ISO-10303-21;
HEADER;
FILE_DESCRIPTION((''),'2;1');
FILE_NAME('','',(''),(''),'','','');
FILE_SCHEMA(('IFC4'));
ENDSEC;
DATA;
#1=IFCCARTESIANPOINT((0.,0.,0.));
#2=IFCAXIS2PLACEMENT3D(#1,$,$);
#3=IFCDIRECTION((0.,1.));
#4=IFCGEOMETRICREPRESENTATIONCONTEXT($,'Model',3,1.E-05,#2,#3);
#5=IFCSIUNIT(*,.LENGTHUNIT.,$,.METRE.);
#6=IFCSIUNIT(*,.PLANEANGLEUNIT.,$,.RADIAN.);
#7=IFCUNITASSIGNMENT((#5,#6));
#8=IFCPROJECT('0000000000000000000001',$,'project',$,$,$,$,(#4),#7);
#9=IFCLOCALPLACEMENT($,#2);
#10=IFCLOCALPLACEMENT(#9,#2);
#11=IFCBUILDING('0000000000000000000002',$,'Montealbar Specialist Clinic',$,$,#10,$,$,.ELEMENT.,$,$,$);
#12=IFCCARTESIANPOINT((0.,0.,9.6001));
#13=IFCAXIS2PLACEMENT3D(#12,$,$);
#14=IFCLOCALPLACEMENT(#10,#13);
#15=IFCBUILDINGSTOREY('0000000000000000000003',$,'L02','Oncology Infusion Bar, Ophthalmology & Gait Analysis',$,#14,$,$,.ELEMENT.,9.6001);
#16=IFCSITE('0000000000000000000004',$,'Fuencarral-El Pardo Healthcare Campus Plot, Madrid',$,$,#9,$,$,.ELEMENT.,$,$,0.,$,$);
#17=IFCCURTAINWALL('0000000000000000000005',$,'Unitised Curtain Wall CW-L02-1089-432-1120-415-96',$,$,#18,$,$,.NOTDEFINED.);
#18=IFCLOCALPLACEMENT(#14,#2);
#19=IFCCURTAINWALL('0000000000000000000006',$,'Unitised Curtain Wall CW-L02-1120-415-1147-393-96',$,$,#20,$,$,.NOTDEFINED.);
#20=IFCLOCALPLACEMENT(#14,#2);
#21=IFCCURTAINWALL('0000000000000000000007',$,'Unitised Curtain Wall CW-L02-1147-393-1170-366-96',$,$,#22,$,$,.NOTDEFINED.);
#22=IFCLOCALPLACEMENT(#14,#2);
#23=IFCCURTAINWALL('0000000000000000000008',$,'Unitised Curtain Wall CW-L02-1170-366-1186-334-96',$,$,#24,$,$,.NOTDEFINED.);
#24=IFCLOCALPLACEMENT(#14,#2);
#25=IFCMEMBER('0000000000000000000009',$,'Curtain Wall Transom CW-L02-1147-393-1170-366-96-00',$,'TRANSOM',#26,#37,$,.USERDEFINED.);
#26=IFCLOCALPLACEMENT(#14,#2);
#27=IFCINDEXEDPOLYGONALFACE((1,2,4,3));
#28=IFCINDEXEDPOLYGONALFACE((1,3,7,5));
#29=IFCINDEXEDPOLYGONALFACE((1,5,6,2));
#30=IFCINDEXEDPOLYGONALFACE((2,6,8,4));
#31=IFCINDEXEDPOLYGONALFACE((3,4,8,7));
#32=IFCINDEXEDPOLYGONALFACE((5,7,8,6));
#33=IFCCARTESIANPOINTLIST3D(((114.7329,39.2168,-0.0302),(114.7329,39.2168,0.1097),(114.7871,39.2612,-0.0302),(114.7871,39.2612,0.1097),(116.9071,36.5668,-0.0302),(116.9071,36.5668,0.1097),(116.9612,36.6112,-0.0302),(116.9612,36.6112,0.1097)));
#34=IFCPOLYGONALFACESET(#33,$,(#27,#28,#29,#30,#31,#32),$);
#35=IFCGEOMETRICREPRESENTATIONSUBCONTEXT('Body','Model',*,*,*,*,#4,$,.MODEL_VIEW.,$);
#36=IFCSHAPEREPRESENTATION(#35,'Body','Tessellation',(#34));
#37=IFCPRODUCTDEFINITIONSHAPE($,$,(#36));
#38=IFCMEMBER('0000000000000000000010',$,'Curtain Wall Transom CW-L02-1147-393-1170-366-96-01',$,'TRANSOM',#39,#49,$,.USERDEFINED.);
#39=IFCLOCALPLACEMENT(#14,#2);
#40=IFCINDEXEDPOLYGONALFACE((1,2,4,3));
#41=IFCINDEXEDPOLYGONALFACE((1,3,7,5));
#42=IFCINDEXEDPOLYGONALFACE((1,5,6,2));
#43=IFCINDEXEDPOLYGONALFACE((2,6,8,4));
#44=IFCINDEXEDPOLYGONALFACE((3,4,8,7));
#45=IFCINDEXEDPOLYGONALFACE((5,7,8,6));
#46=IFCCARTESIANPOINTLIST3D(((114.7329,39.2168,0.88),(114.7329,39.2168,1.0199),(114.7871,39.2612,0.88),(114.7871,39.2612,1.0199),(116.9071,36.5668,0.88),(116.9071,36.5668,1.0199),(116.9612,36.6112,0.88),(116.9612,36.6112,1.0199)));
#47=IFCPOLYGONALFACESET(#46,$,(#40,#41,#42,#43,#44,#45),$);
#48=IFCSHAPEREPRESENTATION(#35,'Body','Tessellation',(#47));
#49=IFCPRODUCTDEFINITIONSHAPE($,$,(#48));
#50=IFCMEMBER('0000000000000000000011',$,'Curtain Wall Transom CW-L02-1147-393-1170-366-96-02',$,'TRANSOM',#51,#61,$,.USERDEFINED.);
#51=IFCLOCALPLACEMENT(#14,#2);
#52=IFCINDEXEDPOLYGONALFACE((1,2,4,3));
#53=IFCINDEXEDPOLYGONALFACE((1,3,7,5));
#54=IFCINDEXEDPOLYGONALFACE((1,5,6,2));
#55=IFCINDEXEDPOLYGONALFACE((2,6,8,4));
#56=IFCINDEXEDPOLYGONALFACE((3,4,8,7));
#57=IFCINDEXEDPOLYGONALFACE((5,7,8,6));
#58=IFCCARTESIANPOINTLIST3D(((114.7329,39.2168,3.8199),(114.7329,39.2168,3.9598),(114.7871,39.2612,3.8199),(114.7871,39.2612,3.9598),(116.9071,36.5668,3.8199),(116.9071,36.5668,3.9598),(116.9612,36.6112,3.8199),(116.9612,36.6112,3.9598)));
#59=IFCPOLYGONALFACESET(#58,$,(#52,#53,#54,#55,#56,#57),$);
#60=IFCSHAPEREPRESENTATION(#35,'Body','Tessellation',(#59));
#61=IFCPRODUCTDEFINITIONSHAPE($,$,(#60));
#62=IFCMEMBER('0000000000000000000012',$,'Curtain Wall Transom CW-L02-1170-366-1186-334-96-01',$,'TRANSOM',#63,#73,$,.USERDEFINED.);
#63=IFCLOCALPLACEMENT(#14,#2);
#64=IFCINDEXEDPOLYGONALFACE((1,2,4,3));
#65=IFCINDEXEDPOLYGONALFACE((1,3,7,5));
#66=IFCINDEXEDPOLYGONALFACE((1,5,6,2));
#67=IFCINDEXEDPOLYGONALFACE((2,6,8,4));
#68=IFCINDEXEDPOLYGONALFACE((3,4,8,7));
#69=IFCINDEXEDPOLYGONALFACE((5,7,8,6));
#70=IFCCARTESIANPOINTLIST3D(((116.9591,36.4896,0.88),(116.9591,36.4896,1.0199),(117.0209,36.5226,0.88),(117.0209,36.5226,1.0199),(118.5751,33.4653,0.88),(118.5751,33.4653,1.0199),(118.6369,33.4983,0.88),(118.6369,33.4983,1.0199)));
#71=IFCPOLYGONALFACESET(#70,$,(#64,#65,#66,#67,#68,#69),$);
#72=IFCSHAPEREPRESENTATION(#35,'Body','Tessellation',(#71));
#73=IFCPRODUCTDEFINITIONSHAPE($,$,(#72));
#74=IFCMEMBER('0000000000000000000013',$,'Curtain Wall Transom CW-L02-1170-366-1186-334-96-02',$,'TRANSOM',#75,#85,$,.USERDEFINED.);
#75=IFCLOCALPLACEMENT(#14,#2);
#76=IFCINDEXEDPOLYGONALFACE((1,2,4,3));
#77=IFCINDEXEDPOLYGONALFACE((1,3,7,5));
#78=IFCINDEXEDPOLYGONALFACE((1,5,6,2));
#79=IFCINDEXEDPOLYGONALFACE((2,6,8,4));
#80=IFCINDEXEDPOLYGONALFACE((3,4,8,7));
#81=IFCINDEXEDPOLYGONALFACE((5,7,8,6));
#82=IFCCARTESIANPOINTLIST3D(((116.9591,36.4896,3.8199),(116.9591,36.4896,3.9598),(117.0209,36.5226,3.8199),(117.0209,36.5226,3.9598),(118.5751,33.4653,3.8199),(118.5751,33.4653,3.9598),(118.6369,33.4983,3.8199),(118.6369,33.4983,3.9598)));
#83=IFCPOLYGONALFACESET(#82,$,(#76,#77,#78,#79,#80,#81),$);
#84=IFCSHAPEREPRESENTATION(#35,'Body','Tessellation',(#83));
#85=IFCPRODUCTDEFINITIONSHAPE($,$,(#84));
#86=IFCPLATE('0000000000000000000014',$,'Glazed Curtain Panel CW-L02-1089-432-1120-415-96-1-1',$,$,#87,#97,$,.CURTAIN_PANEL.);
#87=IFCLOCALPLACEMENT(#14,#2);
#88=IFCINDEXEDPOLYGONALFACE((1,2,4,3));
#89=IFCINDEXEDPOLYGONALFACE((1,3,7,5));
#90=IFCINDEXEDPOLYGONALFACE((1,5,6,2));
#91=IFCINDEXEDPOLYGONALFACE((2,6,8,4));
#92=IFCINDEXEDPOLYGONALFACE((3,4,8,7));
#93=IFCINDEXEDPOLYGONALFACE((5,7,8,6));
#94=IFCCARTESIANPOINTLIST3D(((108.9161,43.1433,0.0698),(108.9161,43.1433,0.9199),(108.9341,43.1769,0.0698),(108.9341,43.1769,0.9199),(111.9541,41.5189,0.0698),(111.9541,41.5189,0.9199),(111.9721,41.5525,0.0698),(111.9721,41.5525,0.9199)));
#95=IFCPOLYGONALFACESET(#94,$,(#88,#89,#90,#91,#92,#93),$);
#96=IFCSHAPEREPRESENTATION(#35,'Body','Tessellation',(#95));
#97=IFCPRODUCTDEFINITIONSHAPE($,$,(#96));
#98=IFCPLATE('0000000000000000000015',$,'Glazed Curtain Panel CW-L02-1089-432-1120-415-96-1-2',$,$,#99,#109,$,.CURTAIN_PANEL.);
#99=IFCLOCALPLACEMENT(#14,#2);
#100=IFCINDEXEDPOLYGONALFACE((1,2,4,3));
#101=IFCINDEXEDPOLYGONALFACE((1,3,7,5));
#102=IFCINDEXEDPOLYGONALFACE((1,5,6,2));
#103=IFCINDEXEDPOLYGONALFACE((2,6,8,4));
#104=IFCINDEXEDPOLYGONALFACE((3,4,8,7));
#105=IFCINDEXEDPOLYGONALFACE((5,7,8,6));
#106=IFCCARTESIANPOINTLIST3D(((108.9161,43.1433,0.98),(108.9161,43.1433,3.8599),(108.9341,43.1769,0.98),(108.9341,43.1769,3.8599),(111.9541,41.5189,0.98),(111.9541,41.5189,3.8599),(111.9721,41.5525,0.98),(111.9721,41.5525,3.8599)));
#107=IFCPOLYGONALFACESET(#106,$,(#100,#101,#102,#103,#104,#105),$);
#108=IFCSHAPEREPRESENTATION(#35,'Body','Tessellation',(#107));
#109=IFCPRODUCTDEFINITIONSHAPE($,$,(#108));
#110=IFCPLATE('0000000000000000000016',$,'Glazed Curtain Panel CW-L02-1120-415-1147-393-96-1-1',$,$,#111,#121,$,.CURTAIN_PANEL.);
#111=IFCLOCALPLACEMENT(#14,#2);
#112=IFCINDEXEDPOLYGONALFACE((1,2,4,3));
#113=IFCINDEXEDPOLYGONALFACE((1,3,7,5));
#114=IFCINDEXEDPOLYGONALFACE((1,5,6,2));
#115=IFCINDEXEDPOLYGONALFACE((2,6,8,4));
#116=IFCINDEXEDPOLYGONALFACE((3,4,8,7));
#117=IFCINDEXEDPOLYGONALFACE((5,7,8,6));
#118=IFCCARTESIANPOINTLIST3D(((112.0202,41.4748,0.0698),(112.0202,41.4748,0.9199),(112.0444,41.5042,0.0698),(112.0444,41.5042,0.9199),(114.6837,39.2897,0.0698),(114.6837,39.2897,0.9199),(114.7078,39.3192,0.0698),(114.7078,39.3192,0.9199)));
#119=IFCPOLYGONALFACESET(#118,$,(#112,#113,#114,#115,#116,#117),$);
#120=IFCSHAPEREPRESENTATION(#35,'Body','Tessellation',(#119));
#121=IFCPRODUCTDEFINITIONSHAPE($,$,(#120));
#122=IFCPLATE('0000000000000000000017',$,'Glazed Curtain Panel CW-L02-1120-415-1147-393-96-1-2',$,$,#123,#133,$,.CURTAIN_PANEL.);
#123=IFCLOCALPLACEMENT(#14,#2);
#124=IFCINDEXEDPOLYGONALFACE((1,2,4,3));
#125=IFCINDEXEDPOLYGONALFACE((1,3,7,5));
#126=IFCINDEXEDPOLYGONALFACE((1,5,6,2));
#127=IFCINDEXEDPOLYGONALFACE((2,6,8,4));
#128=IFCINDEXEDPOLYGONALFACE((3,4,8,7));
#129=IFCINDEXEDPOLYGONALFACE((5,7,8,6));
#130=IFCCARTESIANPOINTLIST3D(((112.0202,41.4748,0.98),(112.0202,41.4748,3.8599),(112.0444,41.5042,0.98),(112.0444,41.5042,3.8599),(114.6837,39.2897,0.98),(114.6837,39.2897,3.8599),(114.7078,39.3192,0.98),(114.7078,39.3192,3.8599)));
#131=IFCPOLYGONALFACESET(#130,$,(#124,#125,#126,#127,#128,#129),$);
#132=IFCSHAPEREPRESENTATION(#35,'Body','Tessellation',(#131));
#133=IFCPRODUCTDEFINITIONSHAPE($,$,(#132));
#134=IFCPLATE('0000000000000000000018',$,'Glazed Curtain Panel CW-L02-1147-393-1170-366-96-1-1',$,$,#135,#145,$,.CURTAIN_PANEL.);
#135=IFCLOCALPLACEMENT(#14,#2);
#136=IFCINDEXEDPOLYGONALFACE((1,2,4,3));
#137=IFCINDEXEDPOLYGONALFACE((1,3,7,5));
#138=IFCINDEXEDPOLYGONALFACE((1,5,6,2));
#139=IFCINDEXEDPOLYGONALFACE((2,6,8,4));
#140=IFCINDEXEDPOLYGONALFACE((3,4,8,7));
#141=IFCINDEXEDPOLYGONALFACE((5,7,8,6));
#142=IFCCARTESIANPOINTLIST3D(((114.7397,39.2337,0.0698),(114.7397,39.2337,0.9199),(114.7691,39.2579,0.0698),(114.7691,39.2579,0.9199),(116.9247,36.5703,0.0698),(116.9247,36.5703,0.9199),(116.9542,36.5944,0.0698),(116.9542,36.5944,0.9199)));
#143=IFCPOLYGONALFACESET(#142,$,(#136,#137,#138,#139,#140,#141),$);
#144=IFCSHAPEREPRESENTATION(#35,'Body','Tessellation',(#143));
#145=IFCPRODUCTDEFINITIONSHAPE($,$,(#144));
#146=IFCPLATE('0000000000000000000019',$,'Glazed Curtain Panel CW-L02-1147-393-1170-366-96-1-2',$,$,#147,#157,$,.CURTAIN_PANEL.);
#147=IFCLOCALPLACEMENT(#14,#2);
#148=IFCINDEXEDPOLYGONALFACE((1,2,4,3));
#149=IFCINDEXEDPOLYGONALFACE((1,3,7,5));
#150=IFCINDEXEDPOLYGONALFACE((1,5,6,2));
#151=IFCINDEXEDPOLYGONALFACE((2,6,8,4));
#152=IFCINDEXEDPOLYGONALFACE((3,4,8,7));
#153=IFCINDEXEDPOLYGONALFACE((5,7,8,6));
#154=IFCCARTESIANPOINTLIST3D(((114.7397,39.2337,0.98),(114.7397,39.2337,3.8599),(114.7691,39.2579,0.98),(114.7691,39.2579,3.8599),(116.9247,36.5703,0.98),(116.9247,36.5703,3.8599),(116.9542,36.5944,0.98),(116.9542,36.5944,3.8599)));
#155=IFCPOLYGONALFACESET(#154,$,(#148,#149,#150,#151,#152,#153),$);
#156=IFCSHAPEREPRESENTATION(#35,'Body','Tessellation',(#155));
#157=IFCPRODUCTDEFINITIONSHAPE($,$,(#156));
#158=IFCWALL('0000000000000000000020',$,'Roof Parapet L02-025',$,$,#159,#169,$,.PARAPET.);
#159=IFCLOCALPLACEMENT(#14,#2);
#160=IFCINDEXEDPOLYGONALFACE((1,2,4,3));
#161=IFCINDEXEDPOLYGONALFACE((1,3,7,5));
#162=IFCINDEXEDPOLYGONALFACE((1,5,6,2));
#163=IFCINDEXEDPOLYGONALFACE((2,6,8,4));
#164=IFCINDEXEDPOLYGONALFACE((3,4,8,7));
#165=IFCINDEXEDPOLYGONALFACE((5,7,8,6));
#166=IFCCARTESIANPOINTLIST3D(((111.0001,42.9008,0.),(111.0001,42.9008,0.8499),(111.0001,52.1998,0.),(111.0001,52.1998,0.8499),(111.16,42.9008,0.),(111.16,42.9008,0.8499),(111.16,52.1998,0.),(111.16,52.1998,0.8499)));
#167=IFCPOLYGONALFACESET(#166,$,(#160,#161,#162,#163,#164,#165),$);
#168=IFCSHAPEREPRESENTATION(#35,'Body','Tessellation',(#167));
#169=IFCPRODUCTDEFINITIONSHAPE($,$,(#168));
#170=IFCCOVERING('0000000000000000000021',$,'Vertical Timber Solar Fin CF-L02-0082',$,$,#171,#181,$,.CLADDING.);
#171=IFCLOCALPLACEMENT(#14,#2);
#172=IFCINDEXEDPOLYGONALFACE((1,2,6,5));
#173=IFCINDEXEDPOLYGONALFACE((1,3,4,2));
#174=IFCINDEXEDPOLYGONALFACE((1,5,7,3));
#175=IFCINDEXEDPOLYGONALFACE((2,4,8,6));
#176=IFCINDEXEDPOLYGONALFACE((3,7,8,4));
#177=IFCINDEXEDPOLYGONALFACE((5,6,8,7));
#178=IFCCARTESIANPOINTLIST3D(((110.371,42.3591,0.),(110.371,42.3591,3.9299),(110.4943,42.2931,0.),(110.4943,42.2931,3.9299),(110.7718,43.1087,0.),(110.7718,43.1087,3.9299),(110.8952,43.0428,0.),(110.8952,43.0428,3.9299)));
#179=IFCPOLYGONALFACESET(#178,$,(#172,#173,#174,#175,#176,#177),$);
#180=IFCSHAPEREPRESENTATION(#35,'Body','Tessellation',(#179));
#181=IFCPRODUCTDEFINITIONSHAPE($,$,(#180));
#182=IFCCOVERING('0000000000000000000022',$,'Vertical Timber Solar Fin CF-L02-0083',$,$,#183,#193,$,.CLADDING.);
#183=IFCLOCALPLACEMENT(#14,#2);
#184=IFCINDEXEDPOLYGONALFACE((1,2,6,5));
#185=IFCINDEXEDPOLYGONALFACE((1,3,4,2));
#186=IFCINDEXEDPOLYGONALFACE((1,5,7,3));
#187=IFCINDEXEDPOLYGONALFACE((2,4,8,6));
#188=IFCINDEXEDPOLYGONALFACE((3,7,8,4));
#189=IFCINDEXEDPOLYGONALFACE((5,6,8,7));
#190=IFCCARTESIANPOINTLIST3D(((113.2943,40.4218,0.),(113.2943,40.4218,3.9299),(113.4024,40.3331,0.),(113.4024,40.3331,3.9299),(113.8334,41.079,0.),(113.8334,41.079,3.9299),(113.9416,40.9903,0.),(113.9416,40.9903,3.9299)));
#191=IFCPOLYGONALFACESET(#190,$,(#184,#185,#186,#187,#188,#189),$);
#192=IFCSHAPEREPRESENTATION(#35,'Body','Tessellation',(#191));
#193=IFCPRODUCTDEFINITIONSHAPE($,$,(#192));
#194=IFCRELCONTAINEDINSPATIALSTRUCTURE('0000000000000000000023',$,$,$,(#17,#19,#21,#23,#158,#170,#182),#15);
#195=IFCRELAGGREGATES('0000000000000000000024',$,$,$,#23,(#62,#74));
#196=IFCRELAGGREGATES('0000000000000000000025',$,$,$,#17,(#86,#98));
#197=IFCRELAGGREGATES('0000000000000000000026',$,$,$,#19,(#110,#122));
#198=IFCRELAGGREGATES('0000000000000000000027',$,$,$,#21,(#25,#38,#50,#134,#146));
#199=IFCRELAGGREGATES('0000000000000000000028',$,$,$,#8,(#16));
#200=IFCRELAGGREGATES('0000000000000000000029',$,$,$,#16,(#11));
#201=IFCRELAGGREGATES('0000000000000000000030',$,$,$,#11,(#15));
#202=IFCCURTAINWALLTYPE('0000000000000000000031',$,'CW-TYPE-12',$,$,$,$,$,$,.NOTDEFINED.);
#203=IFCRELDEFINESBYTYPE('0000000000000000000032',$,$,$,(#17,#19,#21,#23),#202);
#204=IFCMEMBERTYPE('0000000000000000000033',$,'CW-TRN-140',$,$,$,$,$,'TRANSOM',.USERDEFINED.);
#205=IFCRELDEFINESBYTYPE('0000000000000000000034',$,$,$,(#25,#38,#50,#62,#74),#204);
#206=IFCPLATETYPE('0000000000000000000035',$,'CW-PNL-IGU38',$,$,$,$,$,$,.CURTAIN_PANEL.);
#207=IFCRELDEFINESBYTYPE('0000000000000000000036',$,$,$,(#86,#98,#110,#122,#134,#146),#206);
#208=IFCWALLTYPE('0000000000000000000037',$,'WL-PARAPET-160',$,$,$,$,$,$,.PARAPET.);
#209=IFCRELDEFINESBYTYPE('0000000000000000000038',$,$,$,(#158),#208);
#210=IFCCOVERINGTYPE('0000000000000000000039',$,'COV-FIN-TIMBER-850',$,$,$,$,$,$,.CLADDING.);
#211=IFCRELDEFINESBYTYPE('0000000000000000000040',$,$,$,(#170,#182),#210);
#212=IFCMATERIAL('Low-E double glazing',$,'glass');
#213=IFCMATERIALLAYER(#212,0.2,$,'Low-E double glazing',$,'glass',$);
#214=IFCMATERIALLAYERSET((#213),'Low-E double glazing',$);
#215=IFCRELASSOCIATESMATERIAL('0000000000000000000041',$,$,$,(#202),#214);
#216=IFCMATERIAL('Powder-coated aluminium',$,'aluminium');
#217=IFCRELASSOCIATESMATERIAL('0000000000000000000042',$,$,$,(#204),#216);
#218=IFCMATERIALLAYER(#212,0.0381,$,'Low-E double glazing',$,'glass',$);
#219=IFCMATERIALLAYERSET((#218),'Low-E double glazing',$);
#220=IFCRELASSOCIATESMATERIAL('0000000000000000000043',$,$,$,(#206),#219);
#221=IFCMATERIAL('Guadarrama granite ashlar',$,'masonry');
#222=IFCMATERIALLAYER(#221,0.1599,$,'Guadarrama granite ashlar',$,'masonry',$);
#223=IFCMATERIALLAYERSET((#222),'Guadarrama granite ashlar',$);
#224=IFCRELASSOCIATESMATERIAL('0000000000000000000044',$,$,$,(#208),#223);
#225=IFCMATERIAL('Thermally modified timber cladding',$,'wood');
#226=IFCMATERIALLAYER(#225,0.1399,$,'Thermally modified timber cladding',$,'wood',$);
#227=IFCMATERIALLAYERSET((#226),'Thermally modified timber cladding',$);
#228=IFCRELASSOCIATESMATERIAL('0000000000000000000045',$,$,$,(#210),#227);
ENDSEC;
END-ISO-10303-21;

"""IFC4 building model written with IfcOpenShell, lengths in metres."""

from ifc_helpers import new_model, si_unit, direction, frame, frame_2d, origin, origin_2d, place, context, subcontext, project, spatial, rectangle, extrude, material, layer, layer_set, material_profile, profile_set, type_object, element, aggregate, save


model = new_model("IFC4")

# Units and contexts
model_context = context("Model", 3, precision=1e-05, world=origin(), true_north=direction((0.0, 1.0)))
body_context = subcontext(model_context, "Body", "Model", "MODEL_VIEW")
ifc_project = project(units=[si_unit("LENGTHUNIT", "METRE"), si_unit("PLANEANGLEUNIT", "RADIAN")], contexts=[model_context])

# Site, building, storey
site_placement = place(None, origin())
site = spatial("IfcSite", under=ifc_project, at=site_placement, Name="Fuencarral-El Pardo Healthcare Campus Plot, Madrid", CompositionType="ELEMENT", RefElevation=0.0)
building_placement = place(site_placement, origin())
building = spatial("IfcBuilding", under=site, at=building_placement, Name="Montealbar Specialist Clinic", CompositionType="ELEMENT")
storey_placement = place(building_placement, frame((0.0, 0.0, 9.6001)))
storey = spatial("IfcBuildingStorey", under=building, at=storey_placement, Name="L02", Description="Oncology Infusion Bar, Ophthalmology & Gait Analysis", CompositionType="ELEMENT", Elevation=9.6001)

# Shared definitions
ifc_material_1 = material(Name="Low-E double glazing", Category="glass")
ifc_layer_1 = layer(ifc_material_1, 0.2, Name="Low-E double glazing", Category="glass")
ifc_layer_set_1 = layer_set([ifc_layer_1], Name="Low-E double glazing")
curtain_wall_type = type_object("IfcCurtainWallType", Name="CW-TYPE-12", PredefinedType="NOTDEFINED", material=ifc_layer_set_1)

# Curtain walls
curtain_wall_1_placement = place(storey_placement, origin())
curtain_wall_1 = element("IfcCurtainWall", 1, at=curtain_wall_1_placement, inside=storey, type_object=curtain_wall_type, Name="Unitised Curtain Wall CW-L02-1089-432-1120-415-96", PredefinedType="NOTDEFINED")
curtain_wall_2_placement = place(storey_placement, origin())
curtain_wall_2 = element("IfcCurtainWall", 2, at=curtain_wall_2_placement, inside=storey, type_object=curtain_wall_type, Name="Unitised Curtain Wall CW-L02-1120-415-1147-393-96", PredefinedType="NOTDEFINED")
curtain_wall_3_placement = place(storey_placement, origin())
curtain_wall_3 = element("IfcCurtainWall", 3, at=curtain_wall_3_placement, inside=storey, type_object=curtain_wall_type, Name="Unitised Curtain Wall CW-L02-1147-393-1170-366-96", PredefinedType="NOTDEFINED")

# Curtain wall
curtain_wall_4_placement = place(storey_placement, origin())
curtain_wall_4 = element("IfcCurtainWall", 4, at=curtain_wall_4_placement, inside=storey, type_object=curtain_wall_type, Name="Unitised Curtain Wall CW-L02-1170-366-1186-334-96", PredefinedType="NOTDEFINED")

# Members
ifc_material_2 = material(Name="Powder-coated aluminium", Category="aluminium")
ifc_material_profile_1 = material_profile(ifc_material_2, rectangle(XDim=0.0701, YDim=0.1399, at=origin_2d()), Name="ALU 70x140", Category="aluminium")
ifc_profile_set_1 = profile_set([ifc_material_profile_1], Name="Powder-coated aluminium")
member_type_1 = type_object("IfcMemberType", Name="CW-TRN-140", ElementType="TRANSOM", PredefinedType="USERDEFINED", material=ifc_profile_set_1)
member_1_placement = place(storey_placement, frame((114.76, 39.239, 0.0398), z_axis=(0.634281, -0.773103, 0.0), x_axis=(0.773103, 0.634281, 0.0)))
member_1 = element("IfcMember", 5, at=member_1_placement, type_object=member_type_1, Name="Curtain Wall Transom CW-L02-1147-393-1170-366-96-00", ObjectType="TRANSOM", PredefinedType="USERDEFINED", context=body_context, shape_type="SweptSolid", body=[
    extrude(rectangle(XDim=0.0701, YDim=0.1399, at=origin_2d()), origin(), (0.0, 0.0, 1.0), 3.4277),
])
member_2_placement = place(storey_placement, frame((114.76, 39.239, 0.95), z_axis=(0.634281, -0.773103, 0.0), x_axis=(0.773103, 0.634281, 0.0)))
member_2 = element("IfcMember", 6, at=member_2_placement, type_object=member_type_1, Name="Curtain Wall Transom CW-L02-1147-393-1170-366-96-01", ObjectType="TRANSOM", PredefinedType="USERDEFINED", context=body_context, shape_type="SweptSolid", body=[
    extrude(rectangle(XDim=0.0701, YDim=0.1399, at=origin_2d()), origin(), (0.0, 0.0, 1.0), 3.4277),
])
member_3_placement = place(storey_placement, frame((114.76, 39.239, 3.8899), z_axis=(0.634281, -0.773103, 0.0), x_axis=(0.773103, 0.634281, 0.0)))
member_3 = element("IfcMember", 7, at=member_3_placement, type_object=member_type_1, Name="Curtain Wall Transom CW-L02-1147-393-1170-366-96-02", ObjectType="TRANSOM", PredefinedType="USERDEFINED", context=body_context, shape_type="SweptSolid", body=[
    extrude(rectangle(XDim=0.0701, YDim=0.1399, at=origin_2d()), origin(), (0.0, 0.0, 1.0), 3.4277),
])
member_4_placement = place(storey_placement, frame((116.99, 36.5061, 0.95), z_axis=(0.471287, -0.88198, 0.0), x_axis=(0.88198, 0.471287, 0.0)))
member_4 = element("IfcMember", 8, at=member_4_placement, type_object=member_type_1, Name="Curtain Wall Transom CW-L02-1170-366-1186-334-96-01", ObjectType="TRANSOM", PredefinedType="USERDEFINED", context=body_context, shape_type="SweptSolid", body=[
    extrude(rectangle(XDim=0.0701, YDim=0.1399, at=origin_2d()), origin(), (0.0, 0.0, 1.0), 3.429),
])
member_5_placement = place(storey_placement, frame((116.99, 36.5061, 3.8899), z_axis=(0.471287, -0.88198, 0.0), x_axis=(0.88198, 0.471287, 0.0)))
member_5 = element("IfcMember", 9, at=member_5_placement, type_object=member_type_1, Name="Curtain Wall Transom CW-L02-1170-366-1186-334-96-02", ObjectType="TRANSOM", PredefinedType="USERDEFINED", context=body_context, shape_type="SweptSolid", body=[
    extrude(rectangle(XDim=0.0701, YDim=0.1399, at=origin_2d()), origin(), (0.0, 0.0, 1.0), 3.429),
])
aggregate(curtain_wall_4, [member_4, member_5])

# Plates
ifc_layer_2 = layer(ifc_material_1, 0.0381, Name="Low-E double glazing", Category="glass")
ifc_layer_set_2 = layer_set([ifc_layer_2], Name="Low-E double glazing")
plate_type = type_object("IfcPlateType", Name="CW-PNL-IGU38", PredefinedType="CURTAIN_PANEL", material=ifc_layer_set_2)
plate_1_placement = place(storey_placement, frame((110.4441, 42.3479, 0.0698), z_axis=(0.0, 0.0, 1.0), x_axis=(0.88185, -0.471529, 0.0)))
plate_1 = element("IfcPlate", 10, at=plate_1_placement, type_object=plate_type, Name="Glazed Curtain Panel CW-L02-1089-432-1120-415-96-1-1", PredefinedType="CURTAIN_PANEL", context=body_context, shape_type="SweptSolid", body=[
    extrude(rectangle(XDim=3.4451, YDim=0.0381, at=origin_2d()), origin(), (0.0, 0.0, 1.0), 0.8501),
])
plate_2_placement = place(storey_placement, frame((110.4441, 42.3479, 0.98), z_axis=(0.0, 0.0, 1.0), x_axis=(0.88185, -0.471529, 0.0)))
plate_2 = element("IfcPlate", 11, at=plate_2_placement, type_object=plate_type, Name="Glazed Curtain Panel CW-L02-1089-432-1120-415-96-1-2", PredefinedType="CURTAIN_PANEL", context=body_context, shape_type="SweptSolid", body=[
    extrude(rectangle(XDim=3.4451, YDim=0.0381, at=origin_2d()), origin(), (0.0, 0.0, 1.0), 2.8799),
])
aggregate(curtain_wall_1, [plate_1, plate_2])
plate_3_placement = place(storey_placement, frame((113.364, 40.397, 0.0698), z_axis=(0.0, 0.0, 1.0), x_axis=(0.773123, -0.634256, 0.0)))
plate_3 = element("IfcPlate", 12, at=plate_3_placement, type_object=plate_type, Name="Glazed Curtain Panel CW-L02-1120-415-1147-393-96-1-1", PredefinedType="CURTAIN_PANEL", context=body_context, shape_type="SweptSolid", body=[
    extrude(rectangle(XDim=3.4451, YDim=0.0381, at=origin_2d()), origin(), (0.0, 0.0, 1.0), 0.8501),
])
plate_4_placement = place(storey_placement, frame((113.364, 40.397, 0.98), z_axis=(0.0, 0.0, 1.0), x_axis=(0.773123, -0.634256, 0.0)))
plate_4 = element("IfcPlate", 13, at=plate_4_placement, type_object=plate_type, Name="Glazed Curtain Panel CW-L02-1120-415-1147-393-96-1-2", PredefinedType="CURTAIN_PANEL", context=body_context, shape_type="SweptSolid", body=[
    extrude(rectangle(XDim=3.4451, YDim=0.0381, at=origin_2d()), origin(), (0.0, 0.0, 1.0), 2.8799),
])
aggregate(curtain_wall_2, [plate_3, plate_4])
plate_5_placement = place(storey_placement, frame((115.8469, 37.9141, 0.0698), z_axis=(0.0, 0.0, 1.0), x_axis=(0.634256, -0.773123, 0.0)))
plate_5 = element("IfcPlate", 14, at=plate_5_placement, type_object=plate_type, Name="Glazed Curtain Panel CW-L02-1147-393-1170-366-96-1-1", PredefinedType="CURTAIN_PANEL", context=body_context, shape_type="SweptSolid", body=[
    extrude(rectangle(XDim=3.4451, YDim=0.0381, at=origin_2d()), origin(), (0.0, 0.0, 1.0), 0.8501),
])
plate_6_placement = place(storey_placement, frame((115.8469, 37.9141, 0.98), z_axis=(0.0, 0.0, 1.0), x_axis=(0.634256, -0.773123, 0.0)))
plate_6 = element("IfcPlate", 15, at=plate_6_placement, type_object=plate_type, Name="Glazed Curtain Panel CW-L02-1147-393-1170-366-96-1-2", PredefinedType="CURTAIN_PANEL", context=body_context, shape_type="SweptSolid", body=[
    extrude(rectangle(XDim=3.4451, YDim=0.0381, at=origin_2d()), origin(), (0.0, 0.0, 1.0), 2.8799),
])
aggregate(curtain_wall_3, [member_1, member_2, member_3, plate_5, plate_6])

# Wall
ifc_material_3 = material(Name="Guadarrama granite ashlar", Category="masonry")
ifc_layer_3 = layer(ifc_material_3, 0.1599, Name="Guadarrama granite ashlar", Category="masonry")
ifc_layer_set_3 = layer_set([ifc_layer_3], Name="Guadarrama granite ashlar")
wall_type = type_object("IfcWallType", Name="WL-PARAPET-160", PredefinedType="PARAPET", material=ifc_layer_set_3)
wall_placement = place(storey_placement, frame((111.0801, 42.9009, 0.0), z_axis=(0.0, 0.0, 1.0), x_axis=(0.0, 1.0, 0.0)))
element("IfcWall", 16, at=wall_placement, inside=storey, type_object=wall_type, Name="Roof Parapet L02-025", PredefinedType="PARAPET", context=body_context, shape_type="SweptSolid", body=[
    extrude(rectangle(XDim=9.2991, YDim=0.1599, at=frame_2d((4.6494, 0.0))), origin(), (0.0, 0.0, 1.0), 0.8499),
])

# Coverings
ifc_material_4 = material(Name="Thermally modified timber cladding", Category="wood")
ifc_layer_4 = layer(ifc_material_4, 0.1399, Name="Thermally modified timber cladding", Category="wood")
ifc_layer_set_4 = layer_set([ifc_layer_4], Name="Thermally modified timber cladding")
covering_type = type_object("IfcCoveringType", Name="COV-FIN-TIMBER-850", PredefinedType="CLADDING", material=ifc_layer_set_4)
for number, where, z_axis, x_axis, name in (
    (17, (110.6331, 42.7009, 0.0), (0.0, 0.0, 1.0), (0.471529, 0.88185, 0.0), "Vertical Timber Solar Fin CF-L02-0082"),
    (18, (113.6179, 40.7061, 0.0), (0.0, 0.0, 1.0), (0.634256, 0.773123, 0.0), "Vertical Timber Solar Fin CF-L02-0083"),
):
    element("IfcCovering", number, at=place(storey_placement, frame(where, z_axis=z_axis, x_axis=x_axis)), inside=storey, type_object=covering_type, Name=name, PredefinedType="CLADDING", context=body_context, shape_type="SweptSolid", body=[
        extrude(rectangle(XDim=0.8501, YDim=0.1399, at=origin_2d()), origin(), (0.0, 0.0, 1.0), 3.9299),
    ])

save(model, "model.ifc")
